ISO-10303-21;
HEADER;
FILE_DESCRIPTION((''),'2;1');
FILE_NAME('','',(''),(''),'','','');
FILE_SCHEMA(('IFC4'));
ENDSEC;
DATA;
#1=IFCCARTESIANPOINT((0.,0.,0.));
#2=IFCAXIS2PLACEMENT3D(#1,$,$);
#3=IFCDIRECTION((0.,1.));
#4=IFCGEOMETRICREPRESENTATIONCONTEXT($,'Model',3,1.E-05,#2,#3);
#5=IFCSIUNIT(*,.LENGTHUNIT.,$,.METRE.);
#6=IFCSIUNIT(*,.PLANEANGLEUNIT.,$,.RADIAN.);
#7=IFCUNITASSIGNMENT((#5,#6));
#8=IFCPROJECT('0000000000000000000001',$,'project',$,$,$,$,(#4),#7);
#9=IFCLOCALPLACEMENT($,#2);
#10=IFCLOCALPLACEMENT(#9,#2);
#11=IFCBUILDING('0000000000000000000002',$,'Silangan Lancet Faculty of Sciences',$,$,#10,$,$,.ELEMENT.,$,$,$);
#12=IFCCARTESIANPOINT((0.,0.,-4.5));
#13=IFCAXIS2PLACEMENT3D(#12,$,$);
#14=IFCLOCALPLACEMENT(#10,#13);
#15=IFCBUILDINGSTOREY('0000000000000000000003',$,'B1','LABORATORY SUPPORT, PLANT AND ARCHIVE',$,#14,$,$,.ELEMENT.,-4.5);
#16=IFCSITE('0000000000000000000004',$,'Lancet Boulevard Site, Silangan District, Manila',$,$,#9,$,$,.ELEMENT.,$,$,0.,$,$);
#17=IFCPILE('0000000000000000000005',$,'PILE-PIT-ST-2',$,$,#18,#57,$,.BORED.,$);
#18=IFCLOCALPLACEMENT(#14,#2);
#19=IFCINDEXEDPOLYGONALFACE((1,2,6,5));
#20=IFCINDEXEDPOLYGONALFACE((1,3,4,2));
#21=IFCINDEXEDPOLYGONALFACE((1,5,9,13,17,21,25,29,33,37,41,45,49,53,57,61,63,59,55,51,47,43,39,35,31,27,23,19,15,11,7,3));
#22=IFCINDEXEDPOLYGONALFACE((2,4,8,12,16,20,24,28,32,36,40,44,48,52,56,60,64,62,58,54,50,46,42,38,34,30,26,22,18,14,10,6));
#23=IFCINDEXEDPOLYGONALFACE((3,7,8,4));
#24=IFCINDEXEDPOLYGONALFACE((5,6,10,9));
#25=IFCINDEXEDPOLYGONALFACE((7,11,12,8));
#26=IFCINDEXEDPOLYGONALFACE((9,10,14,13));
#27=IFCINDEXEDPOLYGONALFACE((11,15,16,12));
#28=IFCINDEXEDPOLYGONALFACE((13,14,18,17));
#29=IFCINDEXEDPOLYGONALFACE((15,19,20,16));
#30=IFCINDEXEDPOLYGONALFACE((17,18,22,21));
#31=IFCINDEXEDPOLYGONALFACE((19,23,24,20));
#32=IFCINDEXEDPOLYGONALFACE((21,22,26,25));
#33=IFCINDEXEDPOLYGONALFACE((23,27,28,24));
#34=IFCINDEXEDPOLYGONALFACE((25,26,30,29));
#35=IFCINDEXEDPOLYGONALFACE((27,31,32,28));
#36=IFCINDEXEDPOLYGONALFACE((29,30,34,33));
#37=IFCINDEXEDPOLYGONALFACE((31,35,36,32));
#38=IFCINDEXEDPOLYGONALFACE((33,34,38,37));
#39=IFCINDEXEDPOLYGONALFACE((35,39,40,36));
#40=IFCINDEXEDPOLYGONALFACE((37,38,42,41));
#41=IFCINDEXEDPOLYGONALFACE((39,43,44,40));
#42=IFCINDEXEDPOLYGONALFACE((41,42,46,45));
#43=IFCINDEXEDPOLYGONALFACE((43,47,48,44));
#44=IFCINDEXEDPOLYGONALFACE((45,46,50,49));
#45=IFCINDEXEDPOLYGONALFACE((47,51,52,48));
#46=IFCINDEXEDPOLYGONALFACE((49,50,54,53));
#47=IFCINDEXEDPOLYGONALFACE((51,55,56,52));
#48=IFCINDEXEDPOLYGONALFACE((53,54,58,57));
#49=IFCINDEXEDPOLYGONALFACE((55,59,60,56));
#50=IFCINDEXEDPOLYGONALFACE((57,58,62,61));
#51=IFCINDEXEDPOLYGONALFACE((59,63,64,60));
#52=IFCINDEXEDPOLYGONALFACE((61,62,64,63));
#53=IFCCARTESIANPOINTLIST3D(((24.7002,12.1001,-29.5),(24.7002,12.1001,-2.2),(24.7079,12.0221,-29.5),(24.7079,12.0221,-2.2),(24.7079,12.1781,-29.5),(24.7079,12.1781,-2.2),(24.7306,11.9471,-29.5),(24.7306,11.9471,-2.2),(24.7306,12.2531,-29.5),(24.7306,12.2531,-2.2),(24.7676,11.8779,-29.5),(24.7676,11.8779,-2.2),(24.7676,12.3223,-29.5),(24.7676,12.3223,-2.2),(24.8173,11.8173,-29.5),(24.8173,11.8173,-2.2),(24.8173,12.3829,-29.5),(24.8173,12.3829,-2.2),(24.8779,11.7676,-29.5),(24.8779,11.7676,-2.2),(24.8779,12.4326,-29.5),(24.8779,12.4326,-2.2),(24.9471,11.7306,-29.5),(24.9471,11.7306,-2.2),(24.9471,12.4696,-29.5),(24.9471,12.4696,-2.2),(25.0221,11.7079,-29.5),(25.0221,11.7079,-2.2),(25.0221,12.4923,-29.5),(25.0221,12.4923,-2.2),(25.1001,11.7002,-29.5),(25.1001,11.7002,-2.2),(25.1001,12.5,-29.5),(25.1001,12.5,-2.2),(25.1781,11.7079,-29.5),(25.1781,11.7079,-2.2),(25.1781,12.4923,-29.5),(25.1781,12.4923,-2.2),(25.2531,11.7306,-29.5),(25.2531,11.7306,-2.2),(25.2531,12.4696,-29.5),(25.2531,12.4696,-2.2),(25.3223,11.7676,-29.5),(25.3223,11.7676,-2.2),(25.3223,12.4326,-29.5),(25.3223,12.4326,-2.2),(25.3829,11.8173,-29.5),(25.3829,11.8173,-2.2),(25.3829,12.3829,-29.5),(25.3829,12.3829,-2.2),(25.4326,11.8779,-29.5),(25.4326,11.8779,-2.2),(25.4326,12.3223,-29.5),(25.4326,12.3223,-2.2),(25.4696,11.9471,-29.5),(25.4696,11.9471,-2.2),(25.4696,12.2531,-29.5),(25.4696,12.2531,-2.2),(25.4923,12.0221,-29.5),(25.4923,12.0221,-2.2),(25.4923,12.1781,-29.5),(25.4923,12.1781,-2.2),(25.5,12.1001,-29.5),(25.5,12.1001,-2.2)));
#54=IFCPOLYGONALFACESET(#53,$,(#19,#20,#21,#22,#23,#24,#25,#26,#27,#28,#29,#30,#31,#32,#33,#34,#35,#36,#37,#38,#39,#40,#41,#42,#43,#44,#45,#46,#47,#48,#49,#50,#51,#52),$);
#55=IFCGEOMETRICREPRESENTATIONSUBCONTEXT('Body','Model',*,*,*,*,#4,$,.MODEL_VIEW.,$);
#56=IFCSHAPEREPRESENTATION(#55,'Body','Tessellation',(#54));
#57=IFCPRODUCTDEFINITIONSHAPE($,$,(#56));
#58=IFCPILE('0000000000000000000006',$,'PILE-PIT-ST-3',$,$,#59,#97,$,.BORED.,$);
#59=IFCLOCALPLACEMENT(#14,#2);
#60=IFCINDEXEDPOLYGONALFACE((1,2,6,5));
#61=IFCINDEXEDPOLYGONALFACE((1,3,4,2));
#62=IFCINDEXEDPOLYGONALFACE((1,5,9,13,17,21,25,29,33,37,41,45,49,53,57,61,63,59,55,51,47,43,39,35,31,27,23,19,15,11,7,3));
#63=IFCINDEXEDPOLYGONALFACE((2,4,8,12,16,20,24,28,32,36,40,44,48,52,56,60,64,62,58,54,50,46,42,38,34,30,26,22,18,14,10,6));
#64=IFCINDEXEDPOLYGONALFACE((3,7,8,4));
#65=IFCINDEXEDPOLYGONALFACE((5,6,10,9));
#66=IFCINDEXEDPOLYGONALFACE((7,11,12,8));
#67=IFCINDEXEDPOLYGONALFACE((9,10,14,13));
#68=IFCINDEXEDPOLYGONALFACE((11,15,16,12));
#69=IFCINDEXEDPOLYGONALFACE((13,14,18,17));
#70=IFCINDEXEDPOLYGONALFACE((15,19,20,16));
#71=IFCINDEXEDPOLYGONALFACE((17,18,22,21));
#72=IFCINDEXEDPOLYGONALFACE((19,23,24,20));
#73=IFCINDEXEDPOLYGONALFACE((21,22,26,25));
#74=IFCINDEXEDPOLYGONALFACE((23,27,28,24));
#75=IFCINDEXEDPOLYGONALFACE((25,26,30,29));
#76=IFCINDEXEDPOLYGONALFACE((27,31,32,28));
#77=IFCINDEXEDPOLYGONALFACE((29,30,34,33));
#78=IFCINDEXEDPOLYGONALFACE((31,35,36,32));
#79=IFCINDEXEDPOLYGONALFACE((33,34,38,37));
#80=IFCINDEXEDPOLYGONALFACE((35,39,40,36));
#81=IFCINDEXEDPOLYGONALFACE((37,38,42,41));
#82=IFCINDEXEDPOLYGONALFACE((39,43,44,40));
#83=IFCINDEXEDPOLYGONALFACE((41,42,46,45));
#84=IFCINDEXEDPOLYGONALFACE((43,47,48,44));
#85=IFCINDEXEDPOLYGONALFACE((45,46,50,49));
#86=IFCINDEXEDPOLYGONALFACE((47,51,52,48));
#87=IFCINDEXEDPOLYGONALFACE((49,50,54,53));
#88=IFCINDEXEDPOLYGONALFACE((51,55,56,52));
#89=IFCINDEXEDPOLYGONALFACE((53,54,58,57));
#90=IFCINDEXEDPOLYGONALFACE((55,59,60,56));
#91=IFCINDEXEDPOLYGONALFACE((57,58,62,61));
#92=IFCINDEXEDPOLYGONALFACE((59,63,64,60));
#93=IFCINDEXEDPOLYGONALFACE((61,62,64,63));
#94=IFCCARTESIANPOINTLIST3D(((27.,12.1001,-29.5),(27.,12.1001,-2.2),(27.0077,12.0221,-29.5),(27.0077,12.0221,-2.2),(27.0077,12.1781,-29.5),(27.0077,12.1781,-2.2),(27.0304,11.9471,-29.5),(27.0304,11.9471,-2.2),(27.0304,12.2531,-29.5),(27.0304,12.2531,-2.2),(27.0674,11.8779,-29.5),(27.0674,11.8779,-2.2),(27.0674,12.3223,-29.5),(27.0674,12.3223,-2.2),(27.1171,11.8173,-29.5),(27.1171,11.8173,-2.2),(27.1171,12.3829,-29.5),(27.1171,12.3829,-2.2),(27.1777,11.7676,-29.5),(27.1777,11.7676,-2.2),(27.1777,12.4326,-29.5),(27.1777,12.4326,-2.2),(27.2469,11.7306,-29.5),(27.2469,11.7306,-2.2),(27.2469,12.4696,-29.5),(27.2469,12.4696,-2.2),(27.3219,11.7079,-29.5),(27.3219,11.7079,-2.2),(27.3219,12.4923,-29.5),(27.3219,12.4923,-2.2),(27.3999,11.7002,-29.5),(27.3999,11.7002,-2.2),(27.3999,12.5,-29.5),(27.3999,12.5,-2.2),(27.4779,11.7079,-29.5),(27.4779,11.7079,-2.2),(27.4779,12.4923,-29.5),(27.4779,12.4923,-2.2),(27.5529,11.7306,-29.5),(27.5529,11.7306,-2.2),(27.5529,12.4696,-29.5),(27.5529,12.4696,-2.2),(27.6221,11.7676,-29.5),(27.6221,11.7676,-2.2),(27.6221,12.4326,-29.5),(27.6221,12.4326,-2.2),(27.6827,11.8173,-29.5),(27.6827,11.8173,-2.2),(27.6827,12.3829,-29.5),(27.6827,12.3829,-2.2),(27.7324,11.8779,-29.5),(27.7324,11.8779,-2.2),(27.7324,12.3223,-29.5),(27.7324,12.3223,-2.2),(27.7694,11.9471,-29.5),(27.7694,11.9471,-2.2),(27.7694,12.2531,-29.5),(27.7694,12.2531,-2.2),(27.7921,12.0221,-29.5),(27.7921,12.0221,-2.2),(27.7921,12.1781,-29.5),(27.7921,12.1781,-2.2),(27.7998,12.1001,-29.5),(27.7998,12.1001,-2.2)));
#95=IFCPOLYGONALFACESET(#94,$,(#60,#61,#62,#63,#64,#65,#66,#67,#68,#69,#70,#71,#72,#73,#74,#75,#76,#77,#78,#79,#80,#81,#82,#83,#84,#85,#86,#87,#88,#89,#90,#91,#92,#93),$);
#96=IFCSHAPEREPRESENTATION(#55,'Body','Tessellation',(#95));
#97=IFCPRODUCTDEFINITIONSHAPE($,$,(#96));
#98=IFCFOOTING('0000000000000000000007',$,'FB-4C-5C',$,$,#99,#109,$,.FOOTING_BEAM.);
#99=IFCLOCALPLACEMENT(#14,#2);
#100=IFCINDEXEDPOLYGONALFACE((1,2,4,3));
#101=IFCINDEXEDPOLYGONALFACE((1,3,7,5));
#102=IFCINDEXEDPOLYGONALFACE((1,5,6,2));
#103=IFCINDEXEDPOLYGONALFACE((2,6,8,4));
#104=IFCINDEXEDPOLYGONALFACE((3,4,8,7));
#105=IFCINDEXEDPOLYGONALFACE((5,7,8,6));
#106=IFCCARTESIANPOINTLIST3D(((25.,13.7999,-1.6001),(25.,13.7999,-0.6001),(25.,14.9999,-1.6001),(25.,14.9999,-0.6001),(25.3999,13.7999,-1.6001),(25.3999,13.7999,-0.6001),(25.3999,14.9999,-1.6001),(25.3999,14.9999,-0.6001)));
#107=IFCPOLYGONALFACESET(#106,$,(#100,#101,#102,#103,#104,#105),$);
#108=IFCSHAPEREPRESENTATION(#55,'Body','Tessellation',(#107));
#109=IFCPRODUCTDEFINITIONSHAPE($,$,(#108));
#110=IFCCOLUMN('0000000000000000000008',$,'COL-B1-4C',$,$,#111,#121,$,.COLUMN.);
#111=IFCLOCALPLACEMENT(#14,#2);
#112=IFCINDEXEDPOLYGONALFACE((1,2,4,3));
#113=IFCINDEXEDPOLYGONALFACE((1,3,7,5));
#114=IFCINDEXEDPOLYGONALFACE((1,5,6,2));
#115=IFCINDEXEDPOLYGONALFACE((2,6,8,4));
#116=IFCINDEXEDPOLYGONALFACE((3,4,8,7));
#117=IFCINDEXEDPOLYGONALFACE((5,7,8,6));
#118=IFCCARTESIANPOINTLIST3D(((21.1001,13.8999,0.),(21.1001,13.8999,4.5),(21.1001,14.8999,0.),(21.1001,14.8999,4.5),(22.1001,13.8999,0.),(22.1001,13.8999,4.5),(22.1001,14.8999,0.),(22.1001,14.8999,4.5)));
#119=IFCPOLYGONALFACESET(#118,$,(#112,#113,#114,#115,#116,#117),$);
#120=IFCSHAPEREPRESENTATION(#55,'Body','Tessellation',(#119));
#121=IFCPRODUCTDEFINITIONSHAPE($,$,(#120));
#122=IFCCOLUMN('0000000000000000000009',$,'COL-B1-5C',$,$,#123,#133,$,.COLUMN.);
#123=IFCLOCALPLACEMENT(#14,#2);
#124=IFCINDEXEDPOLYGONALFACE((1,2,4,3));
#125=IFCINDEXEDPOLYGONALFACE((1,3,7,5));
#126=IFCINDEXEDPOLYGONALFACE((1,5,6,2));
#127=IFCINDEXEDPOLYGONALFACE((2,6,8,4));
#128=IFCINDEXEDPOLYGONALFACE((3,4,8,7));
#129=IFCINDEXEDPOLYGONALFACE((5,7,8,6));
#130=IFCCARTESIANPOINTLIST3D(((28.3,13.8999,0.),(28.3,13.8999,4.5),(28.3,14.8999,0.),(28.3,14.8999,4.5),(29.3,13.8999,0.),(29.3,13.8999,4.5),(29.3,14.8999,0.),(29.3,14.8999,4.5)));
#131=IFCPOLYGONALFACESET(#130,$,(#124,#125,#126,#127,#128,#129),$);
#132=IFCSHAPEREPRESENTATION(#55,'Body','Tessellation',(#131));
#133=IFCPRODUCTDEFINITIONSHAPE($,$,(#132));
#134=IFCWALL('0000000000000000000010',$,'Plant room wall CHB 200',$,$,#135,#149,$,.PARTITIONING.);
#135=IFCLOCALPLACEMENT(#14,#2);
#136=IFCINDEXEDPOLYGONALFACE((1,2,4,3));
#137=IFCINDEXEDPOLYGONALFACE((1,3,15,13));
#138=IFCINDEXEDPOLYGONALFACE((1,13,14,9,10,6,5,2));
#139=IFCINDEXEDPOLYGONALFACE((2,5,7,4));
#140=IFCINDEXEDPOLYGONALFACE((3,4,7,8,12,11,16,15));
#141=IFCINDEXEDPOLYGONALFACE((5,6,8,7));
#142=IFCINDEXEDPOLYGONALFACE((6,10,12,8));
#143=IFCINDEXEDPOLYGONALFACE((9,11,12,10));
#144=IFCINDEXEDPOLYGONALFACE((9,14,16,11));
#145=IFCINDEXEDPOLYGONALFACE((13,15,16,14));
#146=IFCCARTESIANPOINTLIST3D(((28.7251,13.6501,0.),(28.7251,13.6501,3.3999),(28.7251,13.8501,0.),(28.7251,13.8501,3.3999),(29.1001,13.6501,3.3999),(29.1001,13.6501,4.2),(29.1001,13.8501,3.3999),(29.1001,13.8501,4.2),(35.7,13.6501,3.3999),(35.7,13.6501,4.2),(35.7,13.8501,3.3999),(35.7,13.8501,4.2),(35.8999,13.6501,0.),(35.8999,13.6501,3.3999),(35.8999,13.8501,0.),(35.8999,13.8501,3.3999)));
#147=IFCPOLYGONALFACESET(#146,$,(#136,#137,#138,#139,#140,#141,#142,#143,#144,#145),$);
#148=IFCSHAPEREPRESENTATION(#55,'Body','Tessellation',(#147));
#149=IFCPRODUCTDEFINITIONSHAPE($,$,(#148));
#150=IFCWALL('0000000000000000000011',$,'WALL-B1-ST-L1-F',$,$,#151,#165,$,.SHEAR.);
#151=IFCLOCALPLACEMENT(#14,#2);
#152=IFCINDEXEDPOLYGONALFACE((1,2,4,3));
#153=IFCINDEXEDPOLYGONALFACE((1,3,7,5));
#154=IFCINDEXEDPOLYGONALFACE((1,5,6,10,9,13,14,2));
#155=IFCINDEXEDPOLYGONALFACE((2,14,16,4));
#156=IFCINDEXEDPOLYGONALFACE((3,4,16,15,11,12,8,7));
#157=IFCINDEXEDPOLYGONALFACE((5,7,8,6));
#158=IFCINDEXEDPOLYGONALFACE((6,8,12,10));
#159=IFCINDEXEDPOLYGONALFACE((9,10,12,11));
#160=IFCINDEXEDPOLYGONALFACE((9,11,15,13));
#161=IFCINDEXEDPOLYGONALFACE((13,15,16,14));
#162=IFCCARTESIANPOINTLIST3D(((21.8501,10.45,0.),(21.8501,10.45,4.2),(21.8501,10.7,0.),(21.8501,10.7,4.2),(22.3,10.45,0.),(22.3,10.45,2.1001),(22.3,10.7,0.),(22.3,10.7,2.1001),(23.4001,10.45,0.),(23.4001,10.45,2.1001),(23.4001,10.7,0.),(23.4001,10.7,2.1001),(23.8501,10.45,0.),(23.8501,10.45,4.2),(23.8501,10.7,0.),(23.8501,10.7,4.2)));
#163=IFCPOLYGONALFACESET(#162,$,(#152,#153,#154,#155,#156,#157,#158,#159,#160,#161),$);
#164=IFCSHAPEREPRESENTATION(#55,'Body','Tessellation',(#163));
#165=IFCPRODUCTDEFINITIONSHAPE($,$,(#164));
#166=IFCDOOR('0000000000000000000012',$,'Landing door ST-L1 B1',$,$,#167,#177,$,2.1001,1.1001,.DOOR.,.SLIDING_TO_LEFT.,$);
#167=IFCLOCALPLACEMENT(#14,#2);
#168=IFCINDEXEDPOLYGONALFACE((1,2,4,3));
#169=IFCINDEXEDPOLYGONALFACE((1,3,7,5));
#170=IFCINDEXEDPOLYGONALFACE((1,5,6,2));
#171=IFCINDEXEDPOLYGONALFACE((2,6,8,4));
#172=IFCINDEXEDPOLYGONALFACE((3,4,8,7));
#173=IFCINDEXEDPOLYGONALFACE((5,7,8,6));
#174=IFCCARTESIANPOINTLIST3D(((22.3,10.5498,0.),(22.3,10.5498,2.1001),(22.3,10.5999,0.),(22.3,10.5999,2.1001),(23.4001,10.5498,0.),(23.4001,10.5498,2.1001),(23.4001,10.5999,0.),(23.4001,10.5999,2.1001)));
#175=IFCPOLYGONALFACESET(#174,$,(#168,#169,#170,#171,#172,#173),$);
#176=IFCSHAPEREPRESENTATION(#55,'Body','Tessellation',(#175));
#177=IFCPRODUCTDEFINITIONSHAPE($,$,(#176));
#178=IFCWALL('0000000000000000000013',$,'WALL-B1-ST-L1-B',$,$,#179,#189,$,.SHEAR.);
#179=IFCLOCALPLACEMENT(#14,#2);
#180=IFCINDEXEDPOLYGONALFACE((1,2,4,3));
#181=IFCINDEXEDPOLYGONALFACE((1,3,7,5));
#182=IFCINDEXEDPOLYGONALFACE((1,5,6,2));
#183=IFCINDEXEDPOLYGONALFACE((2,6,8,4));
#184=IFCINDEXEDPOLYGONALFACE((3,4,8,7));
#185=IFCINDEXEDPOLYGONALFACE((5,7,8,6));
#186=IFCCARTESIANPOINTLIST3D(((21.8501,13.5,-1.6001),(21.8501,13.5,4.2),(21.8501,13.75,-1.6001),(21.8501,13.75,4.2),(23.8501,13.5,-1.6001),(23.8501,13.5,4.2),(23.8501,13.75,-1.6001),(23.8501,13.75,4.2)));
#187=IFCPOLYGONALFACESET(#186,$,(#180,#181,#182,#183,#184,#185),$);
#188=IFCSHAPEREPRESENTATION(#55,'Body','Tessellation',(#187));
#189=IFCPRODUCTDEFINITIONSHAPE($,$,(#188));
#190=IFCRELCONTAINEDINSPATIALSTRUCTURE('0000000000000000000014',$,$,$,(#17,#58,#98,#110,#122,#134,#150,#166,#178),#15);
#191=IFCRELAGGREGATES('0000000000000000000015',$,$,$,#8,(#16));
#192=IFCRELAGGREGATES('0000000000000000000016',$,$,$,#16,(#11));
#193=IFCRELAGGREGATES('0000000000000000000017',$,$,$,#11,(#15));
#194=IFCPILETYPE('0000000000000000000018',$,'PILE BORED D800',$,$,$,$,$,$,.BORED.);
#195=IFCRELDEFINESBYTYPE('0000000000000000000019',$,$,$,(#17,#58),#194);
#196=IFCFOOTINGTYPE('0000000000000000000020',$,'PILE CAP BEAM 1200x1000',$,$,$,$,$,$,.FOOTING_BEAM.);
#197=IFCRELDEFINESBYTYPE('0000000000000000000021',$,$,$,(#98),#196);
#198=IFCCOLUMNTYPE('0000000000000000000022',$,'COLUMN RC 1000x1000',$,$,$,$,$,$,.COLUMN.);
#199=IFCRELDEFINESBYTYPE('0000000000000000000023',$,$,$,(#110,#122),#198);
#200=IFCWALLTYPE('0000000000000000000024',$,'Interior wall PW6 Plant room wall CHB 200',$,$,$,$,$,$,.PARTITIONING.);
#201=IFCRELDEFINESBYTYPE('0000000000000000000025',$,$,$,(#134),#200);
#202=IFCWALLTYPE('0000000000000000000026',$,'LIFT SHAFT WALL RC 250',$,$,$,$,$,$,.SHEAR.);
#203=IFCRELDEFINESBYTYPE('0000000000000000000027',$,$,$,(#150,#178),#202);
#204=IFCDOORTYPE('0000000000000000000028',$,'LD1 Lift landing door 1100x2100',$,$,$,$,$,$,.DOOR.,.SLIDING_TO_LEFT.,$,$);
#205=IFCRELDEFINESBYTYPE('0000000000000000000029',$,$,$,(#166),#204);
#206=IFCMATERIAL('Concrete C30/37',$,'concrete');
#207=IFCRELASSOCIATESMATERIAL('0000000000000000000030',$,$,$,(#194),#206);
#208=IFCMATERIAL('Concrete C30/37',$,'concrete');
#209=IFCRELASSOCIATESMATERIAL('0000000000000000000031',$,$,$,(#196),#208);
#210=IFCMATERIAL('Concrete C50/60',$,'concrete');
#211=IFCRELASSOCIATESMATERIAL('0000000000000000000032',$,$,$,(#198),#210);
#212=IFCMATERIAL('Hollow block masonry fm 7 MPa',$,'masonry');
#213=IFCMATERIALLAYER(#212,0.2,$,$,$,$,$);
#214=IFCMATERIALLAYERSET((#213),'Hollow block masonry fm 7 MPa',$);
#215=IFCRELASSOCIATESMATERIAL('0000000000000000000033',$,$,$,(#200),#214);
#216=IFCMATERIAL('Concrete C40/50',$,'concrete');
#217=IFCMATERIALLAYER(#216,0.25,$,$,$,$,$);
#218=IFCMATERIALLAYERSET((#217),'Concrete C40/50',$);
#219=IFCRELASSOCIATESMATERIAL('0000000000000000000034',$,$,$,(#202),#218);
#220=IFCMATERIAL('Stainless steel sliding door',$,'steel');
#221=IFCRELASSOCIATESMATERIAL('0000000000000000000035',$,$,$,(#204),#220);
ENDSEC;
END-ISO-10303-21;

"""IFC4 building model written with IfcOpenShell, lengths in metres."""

from ifc_helpers import new_model, si_unit, direction, frame, frame_2d, origin, origin_2d, place, context, subcontext, project, spatial, polyline, rectangle, circle, outline, extrude, material, layer, layer_set, material_profile, profile_set, type_object, element, fill, save


model = new_model("IFC4")

# Units and contexts
model_context = context("Model", 3, precision=1e-05, world=origin(), true_north=direction((0.0, 1.0)))
body_context = subcontext(model_context, "Body", "Model", "MODEL_VIEW")
ifc_project = project(units=[si_unit("LENGTHUNIT", "METRE"), si_unit("PLANEANGLEUNIT", "RADIAN")], contexts=[model_context])

# Site, building, storey
site_placement = place(None, origin())
site = spatial("IfcSite", under=ifc_project, at=site_placement, Name="Lancet Boulevard Site, Silangan District, Manila", CompositionType="ELEMENT", RefElevation=0.0)
building_placement = place(site_placement, origin())
building = spatial("IfcBuilding", under=site, at=building_placement, Name="Silangan Lancet Faculty of Sciences", CompositionType="ELEMENT")
storey_placement = place(building_placement, frame((0.0, 0.0, -4.5)))
storey = spatial("IfcBuildingStorey", under=building, at=storey_placement, Name="B1", Description="LABORATORY SUPPORT, PLANT AND ARCHIVE", CompositionType="ELEMENT", Elevation=-4.5)

# Piles
ifc_material_1 = material(Name="Concrete C30/37", Category="concrete")
ifc_material_profile_1 = material_profile(ifc_material_1, circle(Radius=0.3999, at=origin_2d()), Name="BORED PILE D800")
ifc_profile_set_1 = profile_set([ifc_material_profile_1], Name="Concrete C30/37")
pile_type_1 = type_object("IfcPileType", Name="PILE BORED D800", PredefinedType="BORED", material=ifc_profile_set_1)
for number, where, z_axis, x_axis, name in (
    (1, (25.1001, 12.1001, -2.2), (0.0, 0.0, -1.0), (1.0, 0.0, 0.0), "PILE-PIT-ST-2"),
    (2, (27.3999, 12.1001, -2.2), (0.0, 0.0, -1.0), (1.0, 0.0, 0.0), "PILE-PIT-ST-3"),
):
    element("IfcPile", number, at=place(storey_placement, frame(where, z_axis=z_axis, x_axis=x_axis)), inside=storey, type_object=pile_type_1, Name=name, PredefinedType="BORED", context=body_context, shape_type="SweptSolid", body=[
        extrude(circle(Radius=0.3999, at=origin_2d()), origin(), (0.0, 0.0, 1.0), 27.3),
    ])

# Footing
ifc_material_2 = material(Name="Concrete C30/37", Category="concrete")
footing_type_1 = type_object("IfcFootingType", Name="PILE CAP BEAM 1200x1000", PredefinedType="FOOTING_BEAM", material=ifc_material_2)
footing_placement = place(storey_placement, frame((25.2, 14.3999, -1.6001), z_axis=(0.0, 0.0, 1.0), x_axis=(1.0, 0.0, 0.0)))
element("IfcFooting", 3, at=footing_placement, inside=storey, type_object=footing_type_1, Name="FB-4C-5C", PredefinedType="FOOTING_BEAM", context=body_context, shape_type="SweptSolid", body=[
    extrude(rectangle(XDim=0.3999, YDim=1.2, at=origin_2d()), origin(), (0.0, 0.0, 1.0), 1.0),
])

# Columns
ifc_material_3 = material(Name="Concrete C50/60", Category="concrete")
ifc_material_profile_2 = material_profile(ifc_material_3, rectangle(XDim=1.0, YDim=1.0, at=origin_2d()), Name="RC 1000x1000")
ifc_profile_set_2 = profile_set([ifc_material_profile_2], Name="Concrete C50/60")
column_type = type_object("IfcColumnType", Name="COLUMN RC 1000x1000", PredefinedType="COLUMN", material=ifc_profile_set_2)
for number, where, z_axis, x_axis, name in (
    (4, (21.6001, 14.3999, 0.0), (0.0, 0.0, 1.0), (1.0, 0.0, 0.0), "COL-B1-4C"),
    (5, (28.8, 14.3999, 0.0), (0.0, 0.0, 1.0), (1.0, 0.0, 0.0), "COL-B1-5C"),
):
    element("IfcColumn", number, at=place(storey_placement, frame(where, z_axis=z_axis, x_axis=x_axis)), inside=storey, type_object=column_type, Name=name, PredefinedType="COLUMN", context=body_context, shape_type="SweptSolid", body=[
        extrude(rectangle(XDim=1.0, YDim=1.0, at=origin_2d()), origin(), (0.0, 0.0, 1.0), 4.5),
    ])

# Wall
ifc_material_4 = material(Name="Hollow block masonry fm 7 MPa", Category="masonry")
ifc_layer_1 = layer(ifc_material_4, 0.2)
ifc_layer_set_1 = layer_set([ifc_layer_1], Name="Hollow block masonry fm 7 MPa")
wall_type_1 = type_object("IfcWallType", Name="Interior wall PW6 Plant room wall CHB 200", PredefinedType="PARTITIONING", material=ifc_layer_set_1)
wall_1_placement = place(storey_placement, frame((28.7251, 13.75, 0.0), z_axis=(0.0, 0.0, 1.0), x_axis=(1.0, 0.0, 0.0)))
element("IfcWall", 6, at=wall_1_placement, inside=storey, type_object=wall_type_1, Name="Plant room wall CHB 200", PredefinedType="PARTITIONING", context=body_context, shape_type="SweptSolid", body=[
    extrude(outline(polyline([(0.0, 0.0), (7.1748, 0.0), (7.1748, 3.3999), (6.9749, 3.3999), (6.9749, 4.2), (0.375, 4.2), (0.375, 3.3999), (0.0, 3.3999), (0.0, 0.0)])), frame((0.0, 0.1001, 0.0), z_axis=(0.0, -1.0, 0.0), x_axis=(1.0, 0.0, 0.0)), (0.0, 0.0, 1.0), 0.2),
])

# Wall, opening, door
ifc_material_5 = material(Name="Concrete C40/50", Category="concrete")
ifc_layer_2 = layer(ifc_material_5, 0.25)
ifc_layer_set_2 = layer_set([ifc_layer_2], Name="Concrete C40/50")
wall_type_2 = type_object("IfcWallType", Name="LIFT SHAFT WALL RC 250", PredefinedType="SHEAR", material=ifc_layer_set_2)
wall_2_placement = place(storey_placement, frame((21.8501, 10.575, 0.0), z_axis=(0.0, 0.0, 1.0), x_axis=(1.0, 0.0, 0.0)))
wall_2 = element("IfcWall", 7, at=wall_2_placement, inside=storey, type_object=wall_type_2, Name="WALL-B1-ST-L1-F", PredefinedType="SHEAR", context=body_context, shape_type="SweptSolid", body=[
    extrude(rectangle(XDim=2.0, YDim=0.25, at=frame_2d((1.0, 0.0))), origin(), (0.0, 0.0, 1.0), 4.2),
])
opening_1_placement = place(wall_2_placement, frame((0.45, 0.0, 0.0)))
opening_1 = element("IfcOpeningElement", 8, at=opening_1_placement, cuts=wall_2, PredefinedType="OPENING", context=body_context, shape_type="SweptSolid", body=[
    extrude(rectangle(XDim=1.1001, YDim=2.1001, at=frame_2d((0.55, 1.05))), frame((0.0, 0.135, 0.0), z_axis=(0.0, -1.0, 0.0), x_axis=(1.0, 0.0, 0.0)), (0.0, 0.0, 1.0), 0.27),
])
ifc_material_6 = material(Name="Stainless steel sliding door", Category="steel")
door_type = type_object("IfcDoorType", Name="LD1 Lift landing door 1100x2100", OperationType="SLIDING_TO_LEFT", PredefinedType="DOOR", material=ifc_material_6)
door_1_placement = place(opening_1_placement, origin())
door_1 = element("IfcDoor", 9, at=door_1_placement, inside=storey, type_object=door_type, Name="Landing door ST-L1 B1", OperationType="SLIDING_TO_LEFT", OverallHeight=2.1001, OverallWidth=1.1001, PredefinedType="DOOR", context=body_context, shape_type="SweptSolid", body=[
    extrude(rectangle(XDim=1.1001, YDim=2.1001, at=frame_2d((0.55, 1.05))), frame((0.0, 0.0249, 0.0), z_axis=(0.0, -1.0, 0.0), x_axis=(1.0, 0.0, 0.0)), (0.0, 0.0, 1.0), 0.05),
])
fill(opening_1, door_1)

# Wall
wall_3_placement = place(storey_placement, frame((21.8501, 13.625, -1.6001), z_axis=(0.0, 0.0, 1.0), x_axis=(1.0, 0.0, 0.0)))
element("IfcWall", 10, at=wall_3_placement, inside=storey, type_object=wall_type_2, Name="WALL-B1-ST-L1-B", PredefinedType="SHEAR", context=body_context, shape_type="SweptSolid", body=[
    extrude(rectangle(XDim=2.0, YDim=0.25, at=frame_2d((1.0, 0.0))), origin(), (0.0, 0.0, 1.0), 5.8),
])

save(model, "model.ifc")
